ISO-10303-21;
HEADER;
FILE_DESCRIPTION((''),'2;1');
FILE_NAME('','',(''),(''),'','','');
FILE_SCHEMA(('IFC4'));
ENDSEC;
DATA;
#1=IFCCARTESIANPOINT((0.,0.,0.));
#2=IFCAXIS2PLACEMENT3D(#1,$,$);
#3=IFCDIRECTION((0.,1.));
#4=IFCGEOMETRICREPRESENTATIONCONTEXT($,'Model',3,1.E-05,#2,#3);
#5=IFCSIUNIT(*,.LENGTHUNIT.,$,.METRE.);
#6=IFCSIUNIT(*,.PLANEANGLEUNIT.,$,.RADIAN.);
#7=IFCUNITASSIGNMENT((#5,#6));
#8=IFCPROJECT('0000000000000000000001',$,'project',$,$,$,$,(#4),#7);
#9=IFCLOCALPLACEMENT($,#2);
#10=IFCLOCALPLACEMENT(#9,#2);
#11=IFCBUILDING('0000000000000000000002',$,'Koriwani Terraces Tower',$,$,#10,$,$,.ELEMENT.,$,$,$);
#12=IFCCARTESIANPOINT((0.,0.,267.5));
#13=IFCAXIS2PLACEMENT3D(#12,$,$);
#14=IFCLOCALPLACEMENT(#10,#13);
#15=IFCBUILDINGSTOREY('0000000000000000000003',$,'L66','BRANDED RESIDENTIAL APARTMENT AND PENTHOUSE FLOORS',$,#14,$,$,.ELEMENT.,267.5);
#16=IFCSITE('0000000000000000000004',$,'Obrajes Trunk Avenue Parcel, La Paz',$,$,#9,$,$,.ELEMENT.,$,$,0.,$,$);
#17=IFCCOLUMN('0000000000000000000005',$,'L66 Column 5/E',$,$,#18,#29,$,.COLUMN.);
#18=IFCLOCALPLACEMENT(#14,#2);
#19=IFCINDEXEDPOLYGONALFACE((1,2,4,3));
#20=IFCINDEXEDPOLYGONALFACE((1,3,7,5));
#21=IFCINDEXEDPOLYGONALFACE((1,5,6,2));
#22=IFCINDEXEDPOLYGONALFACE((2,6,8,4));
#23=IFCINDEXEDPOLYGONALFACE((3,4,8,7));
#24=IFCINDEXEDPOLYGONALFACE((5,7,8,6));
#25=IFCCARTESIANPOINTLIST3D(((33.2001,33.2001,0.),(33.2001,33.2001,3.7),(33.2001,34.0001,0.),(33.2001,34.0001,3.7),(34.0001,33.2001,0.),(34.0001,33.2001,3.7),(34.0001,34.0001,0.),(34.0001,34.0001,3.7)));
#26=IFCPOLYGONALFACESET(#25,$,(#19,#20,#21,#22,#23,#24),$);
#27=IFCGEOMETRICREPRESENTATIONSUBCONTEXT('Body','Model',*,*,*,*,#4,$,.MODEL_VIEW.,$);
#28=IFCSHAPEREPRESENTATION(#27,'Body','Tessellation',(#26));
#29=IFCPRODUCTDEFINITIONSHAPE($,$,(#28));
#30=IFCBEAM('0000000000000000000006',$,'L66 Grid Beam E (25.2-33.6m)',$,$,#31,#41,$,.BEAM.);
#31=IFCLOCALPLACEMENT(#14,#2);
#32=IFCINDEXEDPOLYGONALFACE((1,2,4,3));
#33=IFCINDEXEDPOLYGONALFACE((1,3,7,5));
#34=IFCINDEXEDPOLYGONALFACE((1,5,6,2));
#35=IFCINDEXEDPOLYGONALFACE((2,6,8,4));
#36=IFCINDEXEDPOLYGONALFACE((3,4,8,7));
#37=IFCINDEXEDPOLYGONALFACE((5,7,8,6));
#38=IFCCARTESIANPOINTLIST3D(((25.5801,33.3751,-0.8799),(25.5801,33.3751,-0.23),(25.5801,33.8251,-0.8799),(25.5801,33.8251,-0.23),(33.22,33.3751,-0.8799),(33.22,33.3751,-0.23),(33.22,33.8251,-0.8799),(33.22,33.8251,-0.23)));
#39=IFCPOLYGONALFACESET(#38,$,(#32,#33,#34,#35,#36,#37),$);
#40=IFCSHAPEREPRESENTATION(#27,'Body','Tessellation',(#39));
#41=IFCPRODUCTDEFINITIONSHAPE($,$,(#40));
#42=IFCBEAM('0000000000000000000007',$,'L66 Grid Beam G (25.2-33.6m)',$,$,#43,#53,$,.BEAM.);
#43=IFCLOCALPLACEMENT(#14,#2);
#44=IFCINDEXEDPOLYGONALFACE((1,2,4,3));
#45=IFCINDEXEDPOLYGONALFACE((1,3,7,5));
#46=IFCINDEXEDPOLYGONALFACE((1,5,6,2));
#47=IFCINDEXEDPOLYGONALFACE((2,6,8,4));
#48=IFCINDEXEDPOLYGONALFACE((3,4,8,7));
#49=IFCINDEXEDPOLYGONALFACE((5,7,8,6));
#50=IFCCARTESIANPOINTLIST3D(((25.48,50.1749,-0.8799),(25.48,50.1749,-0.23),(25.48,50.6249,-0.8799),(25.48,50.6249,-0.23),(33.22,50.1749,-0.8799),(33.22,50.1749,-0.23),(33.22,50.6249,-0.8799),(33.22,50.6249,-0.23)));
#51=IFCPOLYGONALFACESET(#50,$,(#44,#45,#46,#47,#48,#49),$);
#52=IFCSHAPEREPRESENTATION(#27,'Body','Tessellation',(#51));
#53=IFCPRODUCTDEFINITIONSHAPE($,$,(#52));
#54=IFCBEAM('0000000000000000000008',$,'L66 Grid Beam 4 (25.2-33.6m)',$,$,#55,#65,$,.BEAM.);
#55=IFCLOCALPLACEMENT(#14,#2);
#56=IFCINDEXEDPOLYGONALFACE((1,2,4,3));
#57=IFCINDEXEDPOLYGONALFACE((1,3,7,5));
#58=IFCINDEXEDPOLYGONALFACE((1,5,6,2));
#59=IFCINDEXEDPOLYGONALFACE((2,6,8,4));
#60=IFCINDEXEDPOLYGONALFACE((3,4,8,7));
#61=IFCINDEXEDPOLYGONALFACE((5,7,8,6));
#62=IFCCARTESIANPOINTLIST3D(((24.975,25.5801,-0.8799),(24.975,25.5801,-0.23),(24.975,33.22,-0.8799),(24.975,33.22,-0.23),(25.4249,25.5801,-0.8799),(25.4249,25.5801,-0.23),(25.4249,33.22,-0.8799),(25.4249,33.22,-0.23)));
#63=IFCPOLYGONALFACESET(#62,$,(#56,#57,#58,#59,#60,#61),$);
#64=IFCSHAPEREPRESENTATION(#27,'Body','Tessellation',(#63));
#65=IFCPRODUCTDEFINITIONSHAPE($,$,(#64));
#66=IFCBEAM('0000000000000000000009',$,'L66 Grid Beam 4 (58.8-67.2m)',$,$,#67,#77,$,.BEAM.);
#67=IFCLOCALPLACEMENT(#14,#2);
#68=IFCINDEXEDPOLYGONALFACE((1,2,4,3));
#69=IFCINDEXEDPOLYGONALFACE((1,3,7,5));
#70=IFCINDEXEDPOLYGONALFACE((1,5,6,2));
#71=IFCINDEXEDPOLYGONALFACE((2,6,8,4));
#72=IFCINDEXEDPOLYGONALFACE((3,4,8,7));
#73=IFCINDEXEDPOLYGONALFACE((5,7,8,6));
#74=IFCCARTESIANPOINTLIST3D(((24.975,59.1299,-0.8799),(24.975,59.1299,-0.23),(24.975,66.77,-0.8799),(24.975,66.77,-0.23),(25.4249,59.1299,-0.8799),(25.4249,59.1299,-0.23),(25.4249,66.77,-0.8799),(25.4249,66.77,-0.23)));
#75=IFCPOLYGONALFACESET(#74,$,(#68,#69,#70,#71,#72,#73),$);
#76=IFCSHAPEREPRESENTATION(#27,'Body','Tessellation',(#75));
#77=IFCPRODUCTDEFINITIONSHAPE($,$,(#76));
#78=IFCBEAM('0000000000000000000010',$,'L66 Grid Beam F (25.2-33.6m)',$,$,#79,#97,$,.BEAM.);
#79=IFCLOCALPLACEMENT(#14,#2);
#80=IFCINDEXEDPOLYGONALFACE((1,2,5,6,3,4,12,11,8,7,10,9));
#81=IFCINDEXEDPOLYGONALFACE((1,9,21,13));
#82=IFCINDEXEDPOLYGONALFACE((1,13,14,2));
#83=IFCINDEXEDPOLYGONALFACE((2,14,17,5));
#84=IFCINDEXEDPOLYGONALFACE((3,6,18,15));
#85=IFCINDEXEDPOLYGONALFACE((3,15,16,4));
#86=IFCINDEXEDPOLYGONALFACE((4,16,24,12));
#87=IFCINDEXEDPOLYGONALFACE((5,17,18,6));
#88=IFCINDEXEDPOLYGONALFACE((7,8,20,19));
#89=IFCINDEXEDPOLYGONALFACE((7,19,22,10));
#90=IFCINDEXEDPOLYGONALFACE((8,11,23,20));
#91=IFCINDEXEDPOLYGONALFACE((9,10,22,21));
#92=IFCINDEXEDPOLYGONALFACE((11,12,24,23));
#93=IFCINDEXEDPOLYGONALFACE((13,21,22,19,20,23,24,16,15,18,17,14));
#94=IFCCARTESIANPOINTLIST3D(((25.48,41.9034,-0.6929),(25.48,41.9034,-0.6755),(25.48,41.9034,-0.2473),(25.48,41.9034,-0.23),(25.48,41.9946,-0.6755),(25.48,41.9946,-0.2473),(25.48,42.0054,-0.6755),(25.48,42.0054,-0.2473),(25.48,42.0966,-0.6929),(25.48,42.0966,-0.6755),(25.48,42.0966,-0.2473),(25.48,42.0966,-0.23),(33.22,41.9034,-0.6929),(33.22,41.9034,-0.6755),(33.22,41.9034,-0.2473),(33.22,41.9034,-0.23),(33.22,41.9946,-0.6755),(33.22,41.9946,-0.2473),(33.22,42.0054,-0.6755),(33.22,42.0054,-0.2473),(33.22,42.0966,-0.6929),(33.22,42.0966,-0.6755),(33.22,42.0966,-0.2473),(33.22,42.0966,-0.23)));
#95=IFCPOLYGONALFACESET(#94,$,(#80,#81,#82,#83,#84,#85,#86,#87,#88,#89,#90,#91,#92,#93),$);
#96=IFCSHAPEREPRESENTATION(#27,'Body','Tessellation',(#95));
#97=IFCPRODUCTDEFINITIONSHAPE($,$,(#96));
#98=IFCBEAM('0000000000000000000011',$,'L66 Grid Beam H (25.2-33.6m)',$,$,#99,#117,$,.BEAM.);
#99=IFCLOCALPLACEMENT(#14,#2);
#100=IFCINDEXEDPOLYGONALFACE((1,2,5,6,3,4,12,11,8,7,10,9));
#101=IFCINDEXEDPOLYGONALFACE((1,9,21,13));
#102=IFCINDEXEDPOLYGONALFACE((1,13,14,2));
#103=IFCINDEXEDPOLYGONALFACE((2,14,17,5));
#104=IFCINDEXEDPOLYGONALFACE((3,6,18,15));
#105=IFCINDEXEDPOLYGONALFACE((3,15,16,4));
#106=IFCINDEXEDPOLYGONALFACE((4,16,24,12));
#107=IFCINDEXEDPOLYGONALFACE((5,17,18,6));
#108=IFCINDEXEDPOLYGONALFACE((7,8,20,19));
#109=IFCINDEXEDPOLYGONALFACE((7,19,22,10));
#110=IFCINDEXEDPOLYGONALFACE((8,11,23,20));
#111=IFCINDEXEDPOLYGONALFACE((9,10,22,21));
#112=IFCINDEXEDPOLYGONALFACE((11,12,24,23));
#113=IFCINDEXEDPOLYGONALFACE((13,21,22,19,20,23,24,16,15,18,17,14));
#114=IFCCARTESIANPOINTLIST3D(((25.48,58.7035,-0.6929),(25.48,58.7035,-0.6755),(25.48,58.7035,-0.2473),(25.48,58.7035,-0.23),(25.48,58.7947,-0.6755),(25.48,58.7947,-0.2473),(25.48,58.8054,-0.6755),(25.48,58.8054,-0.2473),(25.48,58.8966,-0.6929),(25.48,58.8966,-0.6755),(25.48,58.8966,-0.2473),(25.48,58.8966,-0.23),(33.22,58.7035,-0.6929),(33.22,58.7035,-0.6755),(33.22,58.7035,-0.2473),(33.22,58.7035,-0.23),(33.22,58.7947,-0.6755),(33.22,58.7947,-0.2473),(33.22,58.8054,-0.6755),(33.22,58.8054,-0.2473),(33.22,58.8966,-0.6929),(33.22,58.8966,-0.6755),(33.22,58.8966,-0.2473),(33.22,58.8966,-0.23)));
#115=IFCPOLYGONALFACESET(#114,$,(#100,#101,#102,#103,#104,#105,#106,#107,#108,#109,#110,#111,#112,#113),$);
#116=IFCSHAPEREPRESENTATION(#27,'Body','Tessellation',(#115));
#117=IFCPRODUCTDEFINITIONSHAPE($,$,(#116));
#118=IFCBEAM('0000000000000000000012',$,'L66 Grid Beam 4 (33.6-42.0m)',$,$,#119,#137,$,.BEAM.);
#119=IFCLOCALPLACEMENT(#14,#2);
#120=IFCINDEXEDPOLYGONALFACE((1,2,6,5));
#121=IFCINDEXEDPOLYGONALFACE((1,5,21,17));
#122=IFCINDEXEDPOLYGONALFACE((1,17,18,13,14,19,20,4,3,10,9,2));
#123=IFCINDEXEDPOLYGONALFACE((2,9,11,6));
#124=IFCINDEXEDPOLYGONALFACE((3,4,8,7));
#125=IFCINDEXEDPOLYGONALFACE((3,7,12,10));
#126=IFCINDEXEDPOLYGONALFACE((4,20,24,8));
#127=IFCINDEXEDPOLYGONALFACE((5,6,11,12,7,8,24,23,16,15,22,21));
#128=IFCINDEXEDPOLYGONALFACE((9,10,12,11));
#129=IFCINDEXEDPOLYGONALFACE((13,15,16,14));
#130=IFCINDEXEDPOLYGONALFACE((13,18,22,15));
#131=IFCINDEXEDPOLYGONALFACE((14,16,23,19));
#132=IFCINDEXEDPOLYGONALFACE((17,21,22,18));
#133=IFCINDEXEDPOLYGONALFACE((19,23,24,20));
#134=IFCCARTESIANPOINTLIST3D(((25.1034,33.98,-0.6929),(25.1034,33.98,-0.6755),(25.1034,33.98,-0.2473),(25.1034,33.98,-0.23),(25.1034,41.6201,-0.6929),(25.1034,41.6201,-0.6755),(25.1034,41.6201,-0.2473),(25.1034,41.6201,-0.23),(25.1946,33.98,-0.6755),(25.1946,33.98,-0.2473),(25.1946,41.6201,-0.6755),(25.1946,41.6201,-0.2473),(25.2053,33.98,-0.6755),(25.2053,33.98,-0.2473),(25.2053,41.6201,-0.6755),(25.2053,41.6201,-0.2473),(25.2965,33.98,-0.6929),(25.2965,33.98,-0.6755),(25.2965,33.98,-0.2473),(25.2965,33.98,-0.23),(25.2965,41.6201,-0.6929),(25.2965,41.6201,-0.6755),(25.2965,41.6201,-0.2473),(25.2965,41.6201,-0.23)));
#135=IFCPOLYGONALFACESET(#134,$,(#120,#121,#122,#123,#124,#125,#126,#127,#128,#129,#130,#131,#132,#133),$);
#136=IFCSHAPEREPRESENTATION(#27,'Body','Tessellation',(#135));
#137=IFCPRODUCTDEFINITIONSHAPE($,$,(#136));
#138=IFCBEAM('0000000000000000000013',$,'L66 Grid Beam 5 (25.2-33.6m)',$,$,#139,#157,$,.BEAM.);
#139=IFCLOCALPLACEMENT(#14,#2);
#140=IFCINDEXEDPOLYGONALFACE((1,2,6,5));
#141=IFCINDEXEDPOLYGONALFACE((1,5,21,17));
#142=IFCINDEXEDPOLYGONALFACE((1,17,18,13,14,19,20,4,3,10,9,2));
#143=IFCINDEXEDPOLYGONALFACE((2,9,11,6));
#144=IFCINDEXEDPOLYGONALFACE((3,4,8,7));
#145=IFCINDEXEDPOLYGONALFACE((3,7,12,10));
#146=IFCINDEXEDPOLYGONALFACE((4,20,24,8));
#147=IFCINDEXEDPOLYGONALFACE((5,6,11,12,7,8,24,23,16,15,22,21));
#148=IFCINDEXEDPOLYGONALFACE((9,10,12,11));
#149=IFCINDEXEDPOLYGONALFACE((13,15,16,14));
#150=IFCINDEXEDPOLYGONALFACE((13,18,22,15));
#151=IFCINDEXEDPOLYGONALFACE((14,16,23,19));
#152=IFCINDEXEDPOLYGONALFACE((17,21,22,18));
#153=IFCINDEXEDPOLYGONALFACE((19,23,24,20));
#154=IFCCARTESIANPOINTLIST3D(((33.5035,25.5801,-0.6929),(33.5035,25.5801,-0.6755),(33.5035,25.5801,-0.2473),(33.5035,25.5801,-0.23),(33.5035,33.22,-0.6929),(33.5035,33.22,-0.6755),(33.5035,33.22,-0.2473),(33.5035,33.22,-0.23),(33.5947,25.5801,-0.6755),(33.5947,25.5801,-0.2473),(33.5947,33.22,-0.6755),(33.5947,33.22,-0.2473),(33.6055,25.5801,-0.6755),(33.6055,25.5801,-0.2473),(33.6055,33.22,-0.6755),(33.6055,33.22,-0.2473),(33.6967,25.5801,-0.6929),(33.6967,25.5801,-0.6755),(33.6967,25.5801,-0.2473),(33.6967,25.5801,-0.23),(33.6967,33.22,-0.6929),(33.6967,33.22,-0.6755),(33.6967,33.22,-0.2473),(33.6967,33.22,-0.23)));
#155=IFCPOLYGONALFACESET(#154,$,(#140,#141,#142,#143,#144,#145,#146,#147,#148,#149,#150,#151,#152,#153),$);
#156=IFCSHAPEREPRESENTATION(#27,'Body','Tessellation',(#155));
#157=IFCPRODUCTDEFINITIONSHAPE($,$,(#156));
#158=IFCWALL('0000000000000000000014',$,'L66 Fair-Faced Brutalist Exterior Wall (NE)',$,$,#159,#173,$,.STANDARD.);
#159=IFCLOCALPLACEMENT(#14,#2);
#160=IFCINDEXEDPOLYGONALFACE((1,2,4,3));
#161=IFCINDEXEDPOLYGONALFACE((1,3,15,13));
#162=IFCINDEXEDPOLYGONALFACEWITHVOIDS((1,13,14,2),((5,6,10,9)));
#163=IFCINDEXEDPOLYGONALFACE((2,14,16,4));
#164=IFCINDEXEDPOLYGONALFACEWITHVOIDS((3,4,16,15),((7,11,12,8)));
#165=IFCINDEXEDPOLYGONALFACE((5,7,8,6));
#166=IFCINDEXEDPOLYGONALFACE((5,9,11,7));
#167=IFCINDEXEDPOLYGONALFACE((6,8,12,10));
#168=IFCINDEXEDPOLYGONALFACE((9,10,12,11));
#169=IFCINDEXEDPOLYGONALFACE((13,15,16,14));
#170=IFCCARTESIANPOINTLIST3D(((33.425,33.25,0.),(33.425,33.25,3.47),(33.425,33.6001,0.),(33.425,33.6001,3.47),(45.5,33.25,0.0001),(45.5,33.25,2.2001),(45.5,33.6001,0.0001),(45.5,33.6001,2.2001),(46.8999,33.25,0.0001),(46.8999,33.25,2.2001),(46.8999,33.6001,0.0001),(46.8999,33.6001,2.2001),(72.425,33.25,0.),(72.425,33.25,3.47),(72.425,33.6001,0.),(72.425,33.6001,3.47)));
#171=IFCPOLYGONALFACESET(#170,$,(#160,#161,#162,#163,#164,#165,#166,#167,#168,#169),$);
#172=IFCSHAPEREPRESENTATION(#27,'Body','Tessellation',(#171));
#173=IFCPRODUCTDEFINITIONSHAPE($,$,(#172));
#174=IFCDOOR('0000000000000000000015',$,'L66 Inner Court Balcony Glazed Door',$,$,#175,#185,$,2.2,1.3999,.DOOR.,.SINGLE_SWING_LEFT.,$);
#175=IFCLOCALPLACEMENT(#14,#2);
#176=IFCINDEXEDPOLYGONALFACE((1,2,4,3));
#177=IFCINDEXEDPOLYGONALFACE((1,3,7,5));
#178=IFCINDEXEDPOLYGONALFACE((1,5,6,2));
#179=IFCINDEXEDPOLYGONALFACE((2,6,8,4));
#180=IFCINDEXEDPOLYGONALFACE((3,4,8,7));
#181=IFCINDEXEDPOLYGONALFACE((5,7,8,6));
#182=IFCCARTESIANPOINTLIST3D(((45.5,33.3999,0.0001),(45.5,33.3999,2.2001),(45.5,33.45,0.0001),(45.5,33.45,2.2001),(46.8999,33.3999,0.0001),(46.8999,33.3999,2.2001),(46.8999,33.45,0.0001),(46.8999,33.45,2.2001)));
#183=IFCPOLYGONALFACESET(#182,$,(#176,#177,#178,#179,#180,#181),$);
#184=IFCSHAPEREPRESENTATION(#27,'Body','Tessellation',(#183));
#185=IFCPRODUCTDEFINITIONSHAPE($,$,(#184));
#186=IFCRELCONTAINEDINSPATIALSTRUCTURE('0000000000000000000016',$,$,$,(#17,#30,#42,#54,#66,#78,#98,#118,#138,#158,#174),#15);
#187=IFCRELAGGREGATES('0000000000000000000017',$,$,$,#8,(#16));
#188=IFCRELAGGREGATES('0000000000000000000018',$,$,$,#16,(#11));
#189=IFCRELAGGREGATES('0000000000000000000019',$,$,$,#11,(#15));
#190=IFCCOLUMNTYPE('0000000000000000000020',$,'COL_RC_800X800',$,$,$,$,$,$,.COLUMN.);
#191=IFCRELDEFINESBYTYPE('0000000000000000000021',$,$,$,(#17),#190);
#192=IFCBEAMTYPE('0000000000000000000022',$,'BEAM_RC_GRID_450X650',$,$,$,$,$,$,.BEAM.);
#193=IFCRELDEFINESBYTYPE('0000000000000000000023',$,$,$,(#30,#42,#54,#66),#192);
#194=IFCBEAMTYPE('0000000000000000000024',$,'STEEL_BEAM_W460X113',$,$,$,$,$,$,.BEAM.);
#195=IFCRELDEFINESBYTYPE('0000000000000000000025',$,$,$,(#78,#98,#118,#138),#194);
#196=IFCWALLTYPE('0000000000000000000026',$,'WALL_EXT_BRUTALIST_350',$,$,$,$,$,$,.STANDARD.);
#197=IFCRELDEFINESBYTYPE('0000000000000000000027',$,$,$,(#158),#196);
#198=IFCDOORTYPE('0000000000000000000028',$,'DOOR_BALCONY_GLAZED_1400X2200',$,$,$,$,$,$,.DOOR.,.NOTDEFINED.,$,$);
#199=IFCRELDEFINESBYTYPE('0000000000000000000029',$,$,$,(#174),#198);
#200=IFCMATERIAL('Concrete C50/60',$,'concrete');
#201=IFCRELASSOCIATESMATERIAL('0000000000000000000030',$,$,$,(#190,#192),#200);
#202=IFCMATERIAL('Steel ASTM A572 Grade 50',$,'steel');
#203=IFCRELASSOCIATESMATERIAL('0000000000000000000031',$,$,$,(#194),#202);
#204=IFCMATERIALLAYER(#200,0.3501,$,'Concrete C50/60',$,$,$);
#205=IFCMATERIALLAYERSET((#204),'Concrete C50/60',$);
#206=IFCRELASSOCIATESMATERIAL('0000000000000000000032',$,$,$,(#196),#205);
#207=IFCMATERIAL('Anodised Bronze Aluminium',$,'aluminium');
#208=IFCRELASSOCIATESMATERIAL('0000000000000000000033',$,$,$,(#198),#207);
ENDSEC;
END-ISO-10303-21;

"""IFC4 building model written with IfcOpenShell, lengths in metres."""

from ifc_helpers import new_model, si_unit, direction, frame, frame_2d, origin, origin_2d, place, context, subcontext, project, spatial, rectangle, i_section, extrude, material, layer, layer_set, material_profile, profile_set, type_object, element, fill, save


model = new_model("IFC4")

# Units and contexts
model_context = context("Model", 3, precision=1e-05, world=origin(), true_north=direction((0.0, 1.0)))
body_context = subcontext(model_context, "Body", "Model", "MODEL_VIEW")
ifc_project = project(units=[si_unit("LENGTHUNIT", "METRE"), si_unit("PLANEANGLEUNIT", "RADIAN")], contexts=[model_context])

# Site, building, storey
site_placement = place(None, origin())
site = spatial("IfcSite", under=ifc_project, at=site_placement, Name="Obrajes Trunk Avenue Parcel, La Paz", CompositionType="ELEMENT", RefElevation=0.0)
building_placement = place(site_placement, origin())
building = spatial("IfcBuilding", under=site, at=building_placement, Name="Koriwani Terraces Tower", CompositionType="ELEMENT")
storey_placement = place(building_placement, frame((0.0, 0.0, 267.5)))
storey = spatial("IfcBuildingStorey", under=building, at=storey_placement, Name="L66", Description="BRANDED RESIDENTIAL APARTMENT AND PENTHOUSE FLOORS", CompositionType="ELEMENT", Elevation=267.5)

# Column
ifc_material_1 = material(Name="Concrete C50/60", Category="concrete")
ifc_material_profile_1 = material_profile(ifc_material_1, rectangle(XDim=0.8, YDim=0.8, at=origin_2d()), Name="Concrete C50/60", Category="LoadBearing")
ifc_profile_set_1 = profile_set([ifc_material_profile_1], Name="Concrete C50/60")
column_type = type_object("IfcColumnType", Name="COL_RC_800X800", PredefinedType="COLUMN", material=ifc_profile_set_1)
column_placement = place(storey_placement, frame((33.6001, 33.6001, 0.0), z_axis=(0.0, 0.0, 1.0), x_axis=(1.0, 0.0, 0.0)))
element("IfcColumn", 1, at=column_placement, inside=storey, type_object=column_type, Name="L66 Column 5/E", PredefinedType="COLUMN", context=body_context, shape_type="SweptSolid", body=[
    extrude(rectangle(XDim=0.8, YDim=0.8, at=origin_2d()), origin(), (0.0, 0.0, 1.0), 3.7),
])

# Beams
ifc_material_profile_2 = material_profile(ifc_material_1, rectangle(XDim=0.45, YDim=0.6499, at=origin_2d()), Name="Concrete C50/60", Category="LoadBearing")
ifc_profile_set_2 = profile_set([ifc_material_profile_2], Name="Concrete C50/60")
beam_type_1 = type_object("IfcBeamType", Name="BEAM_RC_GRID_450X650", PredefinedType="BEAM", material=ifc_profile_set_2)
beam_1_placement = place(storey_placement, frame((25.5801, 33.6001, -0.5549), z_axis=(1.0, 0.0, 0.0), x_axis=(0.0, 1.0, 0.0)))
element("IfcBeam", 2, at=beam_1_placement, inside=storey, type_object=beam_type_1, Name="L66 Grid Beam E (25.2-33.6m)", PredefinedType="BEAM", context=body_context, shape_type="SweptSolid", body=[
    extrude(rectangle(XDim=0.45, YDim=0.6499, at=origin_2d()), origin(), (0.0, 0.0, 1.0), 7.6399),
])
beam_2_placement = place(storey_placement, frame((25.48, 50.3999, -0.5549), z_axis=(1.0, 0.0, 0.0), x_axis=(0.0, 1.0, 0.0)))
element("IfcBeam", 3, at=beam_2_placement, inside=storey, type_object=beam_type_1, Name="L66 Grid Beam G (25.2-33.6m)", PredefinedType="BEAM", context=body_context, shape_type="SweptSolid", body=[
    extrude(rectangle(XDim=0.45, YDim=0.6499, at=origin_2d()), origin(), (0.0, 0.0, 1.0), 7.74),
])
beam_3_placement = place(storey_placement, frame((25.2, 25.5801, -0.5549), z_axis=(0.0, 1.0, 0.0), x_axis=(-1.0, 0.0, 0.0)))
element("IfcBeam", 4, at=beam_3_placement, inside=storey, type_object=beam_type_1, Name="L66 Grid Beam 4 (25.2-33.6m)", PredefinedType="BEAM", context=body_context, shape_type="SweptSolid", body=[
    extrude(rectangle(XDim=0.45, YDim=0.6499, at=origin_2d()), origin(), (0.0, 0.0, 1.0), 7.6399),
])
beam_4_placement = place(storey_placement, frame((25.2, 59.1299, -0.5549), z_axis=(0.0, 1.0, 0.0), x_axis=(-1.0, 0.0, 0.0)))
element("IfcBeam", 5, at=beam_4_placement, inside=storey, type_object=beam_type_1, Name="L66 Grid Beam 4 (58.8-67.2m)", PredefinedType="BEAM", context=body_context, shape_type="SweptSolid", body=[
    extrude(rectangle(XDim=0.45, YDim=0.6499, at=origin_2d()), origin(), (0.0, 0.0, 1.0), 7.6401),
])
ifc_material_2 = material(Name="Steel ASTM A572 Grade 50", Category="steel")
ifc_material_profile_3 = material_profile(ifc_material_2, i_section(OverallWidth=0.1931, OverallDepth=0.4629, WebThickness=0.0107, FlangeThickness=0.0173, at=origin_2d()), Name="Steel ASTM A572 Grade 50", Category="LoadBearing")
ifc_profile_set_3 = profile_set([ifc_material_profile_3], Name="Steel ASTM A572 Grade 50")
beam_type_2 = type_object("IfcBeamType", Name="STEEL_BEAM_W460X113", PredefinedType="BEAM", material=ifc_profile_set_3)
for number, where, z_axis, x_axis, name in (
    (6, (25.48, 42.0, -0.4614), (1.0, 0.0, 0.0), (0.0, 1.0, 0.0), "L66 Grid Beam F (25.2-33.6m)"),
    (7, (25.48, 58.8, -0.4614), (1.0, 0.0, 0.0), (0.0, 1.0, 0.0), "L66 Grid Beam H (25.2-33.6m)"),
):
    element("IfcBeam", number, at=place(storey_placement, frame(where, z_axis=z_axis, x_axis=x_axis)), inside=storey, type_object=beam_type_2, Name=name, PredefinedType="BEAM", context=body_context, shape_type="SweptSolid", body=[
        extrude(i_section(OverallWidth=0.1931, OverallDepth=0.4629, WebThickness=0.0107, FlangeThickness=0.0173, at=origin_2d()), origin(), (0.0, 0.0, 1.0), 7.74),
    ])
beam_5_placement = place(storey_placement, frame((25.2, 33.98, -0.4614), z_axis=(0.0, 1.0, 0.0), x_axis=(-1.0, 0.0, 0.0)))
element("IfcBeam", 8, at=beam_5_placement, inside=storey, type_object=beam_type_2, Name="L66 Grid Beam 4 (33.6-42.0m)", PredefinedType="BEAM", context=body_context, shape_type="SweptSolid", body=[
    extrude(i_section(OverallWidth=0.1931, OverallDepth=0.4629, WebThickness=0.0107, FlangeThickness=0.0173, at=origin_2d()), origin(), (0.0, 0.0, 1.0), 7.6401),
])
beam_6_placement = place(storey_placement, frame((33.6001, 25.5801, -0.4614), z_axis=(0.0, 1.0, 0.0), x_axis=(-1.0, 0.0, 0.0)))
element("IfcBeam", 9, at=beam_6_placement, inside=storey, type_object=beam_type_2, Name="L66 Grid Beam 5 (25.2-33.6m)", PredefinedType="BEAM", context=body_context, shape_type="SweptSolid", body=[
    extrude(i_section(OverallWidth=0.1931, OverallDepth=0.4629, WebThickness=0.0107, FlangeThickness=0.0173, at=origin_2d()), origin(), (0.0, 0.0, 1.0), 7.6399),
])

# Wall, opening, door
ifc_layer_1 = layer(ifc_material_1, 0.3501, Name="Concrete C50/60")
ifc_layer_set_1 = layer_set([ifc_layer_1], Name="Concrete C50/60")
wall_type_1 = type_object("IfcWallType", Name="WALL_EXT_BRUTALIST_350", PredefinedType="STANDARD", material=ifc_layer_set_1)
wall_1_placement = place(storey_placement, frame((33.425, 33.425, 0.0), z_axis=(0.0, 0.0, 1.0), x_axis=(1.0, 0.0, 0.0)))
wall_1 = element("IfcWall", 10, at=wall_1_placement, inside=storey, type_object=wall_type_1, Name="L66 Fair-Faced Brutalist Exterior Wall (NE)", PredefinedType="STANDARD", context=body_context, shape_type="SweptSolid", body=[
    extrude(rectangle(XDim=39.0, YDim=0.3501, at=frame_2d((19.5, 0.0))), origin(), (0.0, 0.0, 1.0), 3.47),
])
opening_1_placement = place(wall_1_placement, frame((12.075, 0.0, 0.0)))
opening_1 = element("IfcOpeningElement", 11, at=opening_1_placement, cuts=wall_1, PredefinedType="OPENING", context=body_context, shape_type="SweptSolid", body=[
    extrude(rectangle(XDim=1.3999, YDim=2.2, at=frame_2d((0.7, 1.1001))), frame((0.0, 0.1851, 0.0), z_axis=(0.0, -1.0, 0.0), x_axis=(1.0, 0.0, 0.0)), (0.0, 0.0, 1.0), 0.3701),
])
ifc_material_3 = material(Name="Anodised Bronze Aluminium", Category="aluminium")
door_type_1 = type_object("IfcDoorType", Name="DOOR_BALCONY_GLAZED_1400X2200", OperationType="NOTDEFINED", PredefinedType="DOOR", material=ifc_material_3)
door_1_placement = place(opening_1_placement, origin())
door_1 = element("IfcDoor", 12, at=door_1_placement, inside=storey, type_object=door_type_1, Name="L66 Inner Court Balcony Glazed Door", OperationType="SINGLE_SWING_LEFT", OverallHeight=2.2, OverallWidth=1.3999, PredefinedType="DOOR", context=body_context, shape_type="SweptSolid", body=[
    extrude(rectangle(XDim=1.3999, YDim=2.2, at=frame_2d((0.7, 1.1001))), frame((0.0, 0.0249, 0.0), z_axis=(0.0, -1.0, 0.0), x_axis=(1.0, 0.0, 0.0)), (0.0, 0.0, 1.0), 0.05),
])
fill(opening_1, door_1)

save(model, "model.ifc")
